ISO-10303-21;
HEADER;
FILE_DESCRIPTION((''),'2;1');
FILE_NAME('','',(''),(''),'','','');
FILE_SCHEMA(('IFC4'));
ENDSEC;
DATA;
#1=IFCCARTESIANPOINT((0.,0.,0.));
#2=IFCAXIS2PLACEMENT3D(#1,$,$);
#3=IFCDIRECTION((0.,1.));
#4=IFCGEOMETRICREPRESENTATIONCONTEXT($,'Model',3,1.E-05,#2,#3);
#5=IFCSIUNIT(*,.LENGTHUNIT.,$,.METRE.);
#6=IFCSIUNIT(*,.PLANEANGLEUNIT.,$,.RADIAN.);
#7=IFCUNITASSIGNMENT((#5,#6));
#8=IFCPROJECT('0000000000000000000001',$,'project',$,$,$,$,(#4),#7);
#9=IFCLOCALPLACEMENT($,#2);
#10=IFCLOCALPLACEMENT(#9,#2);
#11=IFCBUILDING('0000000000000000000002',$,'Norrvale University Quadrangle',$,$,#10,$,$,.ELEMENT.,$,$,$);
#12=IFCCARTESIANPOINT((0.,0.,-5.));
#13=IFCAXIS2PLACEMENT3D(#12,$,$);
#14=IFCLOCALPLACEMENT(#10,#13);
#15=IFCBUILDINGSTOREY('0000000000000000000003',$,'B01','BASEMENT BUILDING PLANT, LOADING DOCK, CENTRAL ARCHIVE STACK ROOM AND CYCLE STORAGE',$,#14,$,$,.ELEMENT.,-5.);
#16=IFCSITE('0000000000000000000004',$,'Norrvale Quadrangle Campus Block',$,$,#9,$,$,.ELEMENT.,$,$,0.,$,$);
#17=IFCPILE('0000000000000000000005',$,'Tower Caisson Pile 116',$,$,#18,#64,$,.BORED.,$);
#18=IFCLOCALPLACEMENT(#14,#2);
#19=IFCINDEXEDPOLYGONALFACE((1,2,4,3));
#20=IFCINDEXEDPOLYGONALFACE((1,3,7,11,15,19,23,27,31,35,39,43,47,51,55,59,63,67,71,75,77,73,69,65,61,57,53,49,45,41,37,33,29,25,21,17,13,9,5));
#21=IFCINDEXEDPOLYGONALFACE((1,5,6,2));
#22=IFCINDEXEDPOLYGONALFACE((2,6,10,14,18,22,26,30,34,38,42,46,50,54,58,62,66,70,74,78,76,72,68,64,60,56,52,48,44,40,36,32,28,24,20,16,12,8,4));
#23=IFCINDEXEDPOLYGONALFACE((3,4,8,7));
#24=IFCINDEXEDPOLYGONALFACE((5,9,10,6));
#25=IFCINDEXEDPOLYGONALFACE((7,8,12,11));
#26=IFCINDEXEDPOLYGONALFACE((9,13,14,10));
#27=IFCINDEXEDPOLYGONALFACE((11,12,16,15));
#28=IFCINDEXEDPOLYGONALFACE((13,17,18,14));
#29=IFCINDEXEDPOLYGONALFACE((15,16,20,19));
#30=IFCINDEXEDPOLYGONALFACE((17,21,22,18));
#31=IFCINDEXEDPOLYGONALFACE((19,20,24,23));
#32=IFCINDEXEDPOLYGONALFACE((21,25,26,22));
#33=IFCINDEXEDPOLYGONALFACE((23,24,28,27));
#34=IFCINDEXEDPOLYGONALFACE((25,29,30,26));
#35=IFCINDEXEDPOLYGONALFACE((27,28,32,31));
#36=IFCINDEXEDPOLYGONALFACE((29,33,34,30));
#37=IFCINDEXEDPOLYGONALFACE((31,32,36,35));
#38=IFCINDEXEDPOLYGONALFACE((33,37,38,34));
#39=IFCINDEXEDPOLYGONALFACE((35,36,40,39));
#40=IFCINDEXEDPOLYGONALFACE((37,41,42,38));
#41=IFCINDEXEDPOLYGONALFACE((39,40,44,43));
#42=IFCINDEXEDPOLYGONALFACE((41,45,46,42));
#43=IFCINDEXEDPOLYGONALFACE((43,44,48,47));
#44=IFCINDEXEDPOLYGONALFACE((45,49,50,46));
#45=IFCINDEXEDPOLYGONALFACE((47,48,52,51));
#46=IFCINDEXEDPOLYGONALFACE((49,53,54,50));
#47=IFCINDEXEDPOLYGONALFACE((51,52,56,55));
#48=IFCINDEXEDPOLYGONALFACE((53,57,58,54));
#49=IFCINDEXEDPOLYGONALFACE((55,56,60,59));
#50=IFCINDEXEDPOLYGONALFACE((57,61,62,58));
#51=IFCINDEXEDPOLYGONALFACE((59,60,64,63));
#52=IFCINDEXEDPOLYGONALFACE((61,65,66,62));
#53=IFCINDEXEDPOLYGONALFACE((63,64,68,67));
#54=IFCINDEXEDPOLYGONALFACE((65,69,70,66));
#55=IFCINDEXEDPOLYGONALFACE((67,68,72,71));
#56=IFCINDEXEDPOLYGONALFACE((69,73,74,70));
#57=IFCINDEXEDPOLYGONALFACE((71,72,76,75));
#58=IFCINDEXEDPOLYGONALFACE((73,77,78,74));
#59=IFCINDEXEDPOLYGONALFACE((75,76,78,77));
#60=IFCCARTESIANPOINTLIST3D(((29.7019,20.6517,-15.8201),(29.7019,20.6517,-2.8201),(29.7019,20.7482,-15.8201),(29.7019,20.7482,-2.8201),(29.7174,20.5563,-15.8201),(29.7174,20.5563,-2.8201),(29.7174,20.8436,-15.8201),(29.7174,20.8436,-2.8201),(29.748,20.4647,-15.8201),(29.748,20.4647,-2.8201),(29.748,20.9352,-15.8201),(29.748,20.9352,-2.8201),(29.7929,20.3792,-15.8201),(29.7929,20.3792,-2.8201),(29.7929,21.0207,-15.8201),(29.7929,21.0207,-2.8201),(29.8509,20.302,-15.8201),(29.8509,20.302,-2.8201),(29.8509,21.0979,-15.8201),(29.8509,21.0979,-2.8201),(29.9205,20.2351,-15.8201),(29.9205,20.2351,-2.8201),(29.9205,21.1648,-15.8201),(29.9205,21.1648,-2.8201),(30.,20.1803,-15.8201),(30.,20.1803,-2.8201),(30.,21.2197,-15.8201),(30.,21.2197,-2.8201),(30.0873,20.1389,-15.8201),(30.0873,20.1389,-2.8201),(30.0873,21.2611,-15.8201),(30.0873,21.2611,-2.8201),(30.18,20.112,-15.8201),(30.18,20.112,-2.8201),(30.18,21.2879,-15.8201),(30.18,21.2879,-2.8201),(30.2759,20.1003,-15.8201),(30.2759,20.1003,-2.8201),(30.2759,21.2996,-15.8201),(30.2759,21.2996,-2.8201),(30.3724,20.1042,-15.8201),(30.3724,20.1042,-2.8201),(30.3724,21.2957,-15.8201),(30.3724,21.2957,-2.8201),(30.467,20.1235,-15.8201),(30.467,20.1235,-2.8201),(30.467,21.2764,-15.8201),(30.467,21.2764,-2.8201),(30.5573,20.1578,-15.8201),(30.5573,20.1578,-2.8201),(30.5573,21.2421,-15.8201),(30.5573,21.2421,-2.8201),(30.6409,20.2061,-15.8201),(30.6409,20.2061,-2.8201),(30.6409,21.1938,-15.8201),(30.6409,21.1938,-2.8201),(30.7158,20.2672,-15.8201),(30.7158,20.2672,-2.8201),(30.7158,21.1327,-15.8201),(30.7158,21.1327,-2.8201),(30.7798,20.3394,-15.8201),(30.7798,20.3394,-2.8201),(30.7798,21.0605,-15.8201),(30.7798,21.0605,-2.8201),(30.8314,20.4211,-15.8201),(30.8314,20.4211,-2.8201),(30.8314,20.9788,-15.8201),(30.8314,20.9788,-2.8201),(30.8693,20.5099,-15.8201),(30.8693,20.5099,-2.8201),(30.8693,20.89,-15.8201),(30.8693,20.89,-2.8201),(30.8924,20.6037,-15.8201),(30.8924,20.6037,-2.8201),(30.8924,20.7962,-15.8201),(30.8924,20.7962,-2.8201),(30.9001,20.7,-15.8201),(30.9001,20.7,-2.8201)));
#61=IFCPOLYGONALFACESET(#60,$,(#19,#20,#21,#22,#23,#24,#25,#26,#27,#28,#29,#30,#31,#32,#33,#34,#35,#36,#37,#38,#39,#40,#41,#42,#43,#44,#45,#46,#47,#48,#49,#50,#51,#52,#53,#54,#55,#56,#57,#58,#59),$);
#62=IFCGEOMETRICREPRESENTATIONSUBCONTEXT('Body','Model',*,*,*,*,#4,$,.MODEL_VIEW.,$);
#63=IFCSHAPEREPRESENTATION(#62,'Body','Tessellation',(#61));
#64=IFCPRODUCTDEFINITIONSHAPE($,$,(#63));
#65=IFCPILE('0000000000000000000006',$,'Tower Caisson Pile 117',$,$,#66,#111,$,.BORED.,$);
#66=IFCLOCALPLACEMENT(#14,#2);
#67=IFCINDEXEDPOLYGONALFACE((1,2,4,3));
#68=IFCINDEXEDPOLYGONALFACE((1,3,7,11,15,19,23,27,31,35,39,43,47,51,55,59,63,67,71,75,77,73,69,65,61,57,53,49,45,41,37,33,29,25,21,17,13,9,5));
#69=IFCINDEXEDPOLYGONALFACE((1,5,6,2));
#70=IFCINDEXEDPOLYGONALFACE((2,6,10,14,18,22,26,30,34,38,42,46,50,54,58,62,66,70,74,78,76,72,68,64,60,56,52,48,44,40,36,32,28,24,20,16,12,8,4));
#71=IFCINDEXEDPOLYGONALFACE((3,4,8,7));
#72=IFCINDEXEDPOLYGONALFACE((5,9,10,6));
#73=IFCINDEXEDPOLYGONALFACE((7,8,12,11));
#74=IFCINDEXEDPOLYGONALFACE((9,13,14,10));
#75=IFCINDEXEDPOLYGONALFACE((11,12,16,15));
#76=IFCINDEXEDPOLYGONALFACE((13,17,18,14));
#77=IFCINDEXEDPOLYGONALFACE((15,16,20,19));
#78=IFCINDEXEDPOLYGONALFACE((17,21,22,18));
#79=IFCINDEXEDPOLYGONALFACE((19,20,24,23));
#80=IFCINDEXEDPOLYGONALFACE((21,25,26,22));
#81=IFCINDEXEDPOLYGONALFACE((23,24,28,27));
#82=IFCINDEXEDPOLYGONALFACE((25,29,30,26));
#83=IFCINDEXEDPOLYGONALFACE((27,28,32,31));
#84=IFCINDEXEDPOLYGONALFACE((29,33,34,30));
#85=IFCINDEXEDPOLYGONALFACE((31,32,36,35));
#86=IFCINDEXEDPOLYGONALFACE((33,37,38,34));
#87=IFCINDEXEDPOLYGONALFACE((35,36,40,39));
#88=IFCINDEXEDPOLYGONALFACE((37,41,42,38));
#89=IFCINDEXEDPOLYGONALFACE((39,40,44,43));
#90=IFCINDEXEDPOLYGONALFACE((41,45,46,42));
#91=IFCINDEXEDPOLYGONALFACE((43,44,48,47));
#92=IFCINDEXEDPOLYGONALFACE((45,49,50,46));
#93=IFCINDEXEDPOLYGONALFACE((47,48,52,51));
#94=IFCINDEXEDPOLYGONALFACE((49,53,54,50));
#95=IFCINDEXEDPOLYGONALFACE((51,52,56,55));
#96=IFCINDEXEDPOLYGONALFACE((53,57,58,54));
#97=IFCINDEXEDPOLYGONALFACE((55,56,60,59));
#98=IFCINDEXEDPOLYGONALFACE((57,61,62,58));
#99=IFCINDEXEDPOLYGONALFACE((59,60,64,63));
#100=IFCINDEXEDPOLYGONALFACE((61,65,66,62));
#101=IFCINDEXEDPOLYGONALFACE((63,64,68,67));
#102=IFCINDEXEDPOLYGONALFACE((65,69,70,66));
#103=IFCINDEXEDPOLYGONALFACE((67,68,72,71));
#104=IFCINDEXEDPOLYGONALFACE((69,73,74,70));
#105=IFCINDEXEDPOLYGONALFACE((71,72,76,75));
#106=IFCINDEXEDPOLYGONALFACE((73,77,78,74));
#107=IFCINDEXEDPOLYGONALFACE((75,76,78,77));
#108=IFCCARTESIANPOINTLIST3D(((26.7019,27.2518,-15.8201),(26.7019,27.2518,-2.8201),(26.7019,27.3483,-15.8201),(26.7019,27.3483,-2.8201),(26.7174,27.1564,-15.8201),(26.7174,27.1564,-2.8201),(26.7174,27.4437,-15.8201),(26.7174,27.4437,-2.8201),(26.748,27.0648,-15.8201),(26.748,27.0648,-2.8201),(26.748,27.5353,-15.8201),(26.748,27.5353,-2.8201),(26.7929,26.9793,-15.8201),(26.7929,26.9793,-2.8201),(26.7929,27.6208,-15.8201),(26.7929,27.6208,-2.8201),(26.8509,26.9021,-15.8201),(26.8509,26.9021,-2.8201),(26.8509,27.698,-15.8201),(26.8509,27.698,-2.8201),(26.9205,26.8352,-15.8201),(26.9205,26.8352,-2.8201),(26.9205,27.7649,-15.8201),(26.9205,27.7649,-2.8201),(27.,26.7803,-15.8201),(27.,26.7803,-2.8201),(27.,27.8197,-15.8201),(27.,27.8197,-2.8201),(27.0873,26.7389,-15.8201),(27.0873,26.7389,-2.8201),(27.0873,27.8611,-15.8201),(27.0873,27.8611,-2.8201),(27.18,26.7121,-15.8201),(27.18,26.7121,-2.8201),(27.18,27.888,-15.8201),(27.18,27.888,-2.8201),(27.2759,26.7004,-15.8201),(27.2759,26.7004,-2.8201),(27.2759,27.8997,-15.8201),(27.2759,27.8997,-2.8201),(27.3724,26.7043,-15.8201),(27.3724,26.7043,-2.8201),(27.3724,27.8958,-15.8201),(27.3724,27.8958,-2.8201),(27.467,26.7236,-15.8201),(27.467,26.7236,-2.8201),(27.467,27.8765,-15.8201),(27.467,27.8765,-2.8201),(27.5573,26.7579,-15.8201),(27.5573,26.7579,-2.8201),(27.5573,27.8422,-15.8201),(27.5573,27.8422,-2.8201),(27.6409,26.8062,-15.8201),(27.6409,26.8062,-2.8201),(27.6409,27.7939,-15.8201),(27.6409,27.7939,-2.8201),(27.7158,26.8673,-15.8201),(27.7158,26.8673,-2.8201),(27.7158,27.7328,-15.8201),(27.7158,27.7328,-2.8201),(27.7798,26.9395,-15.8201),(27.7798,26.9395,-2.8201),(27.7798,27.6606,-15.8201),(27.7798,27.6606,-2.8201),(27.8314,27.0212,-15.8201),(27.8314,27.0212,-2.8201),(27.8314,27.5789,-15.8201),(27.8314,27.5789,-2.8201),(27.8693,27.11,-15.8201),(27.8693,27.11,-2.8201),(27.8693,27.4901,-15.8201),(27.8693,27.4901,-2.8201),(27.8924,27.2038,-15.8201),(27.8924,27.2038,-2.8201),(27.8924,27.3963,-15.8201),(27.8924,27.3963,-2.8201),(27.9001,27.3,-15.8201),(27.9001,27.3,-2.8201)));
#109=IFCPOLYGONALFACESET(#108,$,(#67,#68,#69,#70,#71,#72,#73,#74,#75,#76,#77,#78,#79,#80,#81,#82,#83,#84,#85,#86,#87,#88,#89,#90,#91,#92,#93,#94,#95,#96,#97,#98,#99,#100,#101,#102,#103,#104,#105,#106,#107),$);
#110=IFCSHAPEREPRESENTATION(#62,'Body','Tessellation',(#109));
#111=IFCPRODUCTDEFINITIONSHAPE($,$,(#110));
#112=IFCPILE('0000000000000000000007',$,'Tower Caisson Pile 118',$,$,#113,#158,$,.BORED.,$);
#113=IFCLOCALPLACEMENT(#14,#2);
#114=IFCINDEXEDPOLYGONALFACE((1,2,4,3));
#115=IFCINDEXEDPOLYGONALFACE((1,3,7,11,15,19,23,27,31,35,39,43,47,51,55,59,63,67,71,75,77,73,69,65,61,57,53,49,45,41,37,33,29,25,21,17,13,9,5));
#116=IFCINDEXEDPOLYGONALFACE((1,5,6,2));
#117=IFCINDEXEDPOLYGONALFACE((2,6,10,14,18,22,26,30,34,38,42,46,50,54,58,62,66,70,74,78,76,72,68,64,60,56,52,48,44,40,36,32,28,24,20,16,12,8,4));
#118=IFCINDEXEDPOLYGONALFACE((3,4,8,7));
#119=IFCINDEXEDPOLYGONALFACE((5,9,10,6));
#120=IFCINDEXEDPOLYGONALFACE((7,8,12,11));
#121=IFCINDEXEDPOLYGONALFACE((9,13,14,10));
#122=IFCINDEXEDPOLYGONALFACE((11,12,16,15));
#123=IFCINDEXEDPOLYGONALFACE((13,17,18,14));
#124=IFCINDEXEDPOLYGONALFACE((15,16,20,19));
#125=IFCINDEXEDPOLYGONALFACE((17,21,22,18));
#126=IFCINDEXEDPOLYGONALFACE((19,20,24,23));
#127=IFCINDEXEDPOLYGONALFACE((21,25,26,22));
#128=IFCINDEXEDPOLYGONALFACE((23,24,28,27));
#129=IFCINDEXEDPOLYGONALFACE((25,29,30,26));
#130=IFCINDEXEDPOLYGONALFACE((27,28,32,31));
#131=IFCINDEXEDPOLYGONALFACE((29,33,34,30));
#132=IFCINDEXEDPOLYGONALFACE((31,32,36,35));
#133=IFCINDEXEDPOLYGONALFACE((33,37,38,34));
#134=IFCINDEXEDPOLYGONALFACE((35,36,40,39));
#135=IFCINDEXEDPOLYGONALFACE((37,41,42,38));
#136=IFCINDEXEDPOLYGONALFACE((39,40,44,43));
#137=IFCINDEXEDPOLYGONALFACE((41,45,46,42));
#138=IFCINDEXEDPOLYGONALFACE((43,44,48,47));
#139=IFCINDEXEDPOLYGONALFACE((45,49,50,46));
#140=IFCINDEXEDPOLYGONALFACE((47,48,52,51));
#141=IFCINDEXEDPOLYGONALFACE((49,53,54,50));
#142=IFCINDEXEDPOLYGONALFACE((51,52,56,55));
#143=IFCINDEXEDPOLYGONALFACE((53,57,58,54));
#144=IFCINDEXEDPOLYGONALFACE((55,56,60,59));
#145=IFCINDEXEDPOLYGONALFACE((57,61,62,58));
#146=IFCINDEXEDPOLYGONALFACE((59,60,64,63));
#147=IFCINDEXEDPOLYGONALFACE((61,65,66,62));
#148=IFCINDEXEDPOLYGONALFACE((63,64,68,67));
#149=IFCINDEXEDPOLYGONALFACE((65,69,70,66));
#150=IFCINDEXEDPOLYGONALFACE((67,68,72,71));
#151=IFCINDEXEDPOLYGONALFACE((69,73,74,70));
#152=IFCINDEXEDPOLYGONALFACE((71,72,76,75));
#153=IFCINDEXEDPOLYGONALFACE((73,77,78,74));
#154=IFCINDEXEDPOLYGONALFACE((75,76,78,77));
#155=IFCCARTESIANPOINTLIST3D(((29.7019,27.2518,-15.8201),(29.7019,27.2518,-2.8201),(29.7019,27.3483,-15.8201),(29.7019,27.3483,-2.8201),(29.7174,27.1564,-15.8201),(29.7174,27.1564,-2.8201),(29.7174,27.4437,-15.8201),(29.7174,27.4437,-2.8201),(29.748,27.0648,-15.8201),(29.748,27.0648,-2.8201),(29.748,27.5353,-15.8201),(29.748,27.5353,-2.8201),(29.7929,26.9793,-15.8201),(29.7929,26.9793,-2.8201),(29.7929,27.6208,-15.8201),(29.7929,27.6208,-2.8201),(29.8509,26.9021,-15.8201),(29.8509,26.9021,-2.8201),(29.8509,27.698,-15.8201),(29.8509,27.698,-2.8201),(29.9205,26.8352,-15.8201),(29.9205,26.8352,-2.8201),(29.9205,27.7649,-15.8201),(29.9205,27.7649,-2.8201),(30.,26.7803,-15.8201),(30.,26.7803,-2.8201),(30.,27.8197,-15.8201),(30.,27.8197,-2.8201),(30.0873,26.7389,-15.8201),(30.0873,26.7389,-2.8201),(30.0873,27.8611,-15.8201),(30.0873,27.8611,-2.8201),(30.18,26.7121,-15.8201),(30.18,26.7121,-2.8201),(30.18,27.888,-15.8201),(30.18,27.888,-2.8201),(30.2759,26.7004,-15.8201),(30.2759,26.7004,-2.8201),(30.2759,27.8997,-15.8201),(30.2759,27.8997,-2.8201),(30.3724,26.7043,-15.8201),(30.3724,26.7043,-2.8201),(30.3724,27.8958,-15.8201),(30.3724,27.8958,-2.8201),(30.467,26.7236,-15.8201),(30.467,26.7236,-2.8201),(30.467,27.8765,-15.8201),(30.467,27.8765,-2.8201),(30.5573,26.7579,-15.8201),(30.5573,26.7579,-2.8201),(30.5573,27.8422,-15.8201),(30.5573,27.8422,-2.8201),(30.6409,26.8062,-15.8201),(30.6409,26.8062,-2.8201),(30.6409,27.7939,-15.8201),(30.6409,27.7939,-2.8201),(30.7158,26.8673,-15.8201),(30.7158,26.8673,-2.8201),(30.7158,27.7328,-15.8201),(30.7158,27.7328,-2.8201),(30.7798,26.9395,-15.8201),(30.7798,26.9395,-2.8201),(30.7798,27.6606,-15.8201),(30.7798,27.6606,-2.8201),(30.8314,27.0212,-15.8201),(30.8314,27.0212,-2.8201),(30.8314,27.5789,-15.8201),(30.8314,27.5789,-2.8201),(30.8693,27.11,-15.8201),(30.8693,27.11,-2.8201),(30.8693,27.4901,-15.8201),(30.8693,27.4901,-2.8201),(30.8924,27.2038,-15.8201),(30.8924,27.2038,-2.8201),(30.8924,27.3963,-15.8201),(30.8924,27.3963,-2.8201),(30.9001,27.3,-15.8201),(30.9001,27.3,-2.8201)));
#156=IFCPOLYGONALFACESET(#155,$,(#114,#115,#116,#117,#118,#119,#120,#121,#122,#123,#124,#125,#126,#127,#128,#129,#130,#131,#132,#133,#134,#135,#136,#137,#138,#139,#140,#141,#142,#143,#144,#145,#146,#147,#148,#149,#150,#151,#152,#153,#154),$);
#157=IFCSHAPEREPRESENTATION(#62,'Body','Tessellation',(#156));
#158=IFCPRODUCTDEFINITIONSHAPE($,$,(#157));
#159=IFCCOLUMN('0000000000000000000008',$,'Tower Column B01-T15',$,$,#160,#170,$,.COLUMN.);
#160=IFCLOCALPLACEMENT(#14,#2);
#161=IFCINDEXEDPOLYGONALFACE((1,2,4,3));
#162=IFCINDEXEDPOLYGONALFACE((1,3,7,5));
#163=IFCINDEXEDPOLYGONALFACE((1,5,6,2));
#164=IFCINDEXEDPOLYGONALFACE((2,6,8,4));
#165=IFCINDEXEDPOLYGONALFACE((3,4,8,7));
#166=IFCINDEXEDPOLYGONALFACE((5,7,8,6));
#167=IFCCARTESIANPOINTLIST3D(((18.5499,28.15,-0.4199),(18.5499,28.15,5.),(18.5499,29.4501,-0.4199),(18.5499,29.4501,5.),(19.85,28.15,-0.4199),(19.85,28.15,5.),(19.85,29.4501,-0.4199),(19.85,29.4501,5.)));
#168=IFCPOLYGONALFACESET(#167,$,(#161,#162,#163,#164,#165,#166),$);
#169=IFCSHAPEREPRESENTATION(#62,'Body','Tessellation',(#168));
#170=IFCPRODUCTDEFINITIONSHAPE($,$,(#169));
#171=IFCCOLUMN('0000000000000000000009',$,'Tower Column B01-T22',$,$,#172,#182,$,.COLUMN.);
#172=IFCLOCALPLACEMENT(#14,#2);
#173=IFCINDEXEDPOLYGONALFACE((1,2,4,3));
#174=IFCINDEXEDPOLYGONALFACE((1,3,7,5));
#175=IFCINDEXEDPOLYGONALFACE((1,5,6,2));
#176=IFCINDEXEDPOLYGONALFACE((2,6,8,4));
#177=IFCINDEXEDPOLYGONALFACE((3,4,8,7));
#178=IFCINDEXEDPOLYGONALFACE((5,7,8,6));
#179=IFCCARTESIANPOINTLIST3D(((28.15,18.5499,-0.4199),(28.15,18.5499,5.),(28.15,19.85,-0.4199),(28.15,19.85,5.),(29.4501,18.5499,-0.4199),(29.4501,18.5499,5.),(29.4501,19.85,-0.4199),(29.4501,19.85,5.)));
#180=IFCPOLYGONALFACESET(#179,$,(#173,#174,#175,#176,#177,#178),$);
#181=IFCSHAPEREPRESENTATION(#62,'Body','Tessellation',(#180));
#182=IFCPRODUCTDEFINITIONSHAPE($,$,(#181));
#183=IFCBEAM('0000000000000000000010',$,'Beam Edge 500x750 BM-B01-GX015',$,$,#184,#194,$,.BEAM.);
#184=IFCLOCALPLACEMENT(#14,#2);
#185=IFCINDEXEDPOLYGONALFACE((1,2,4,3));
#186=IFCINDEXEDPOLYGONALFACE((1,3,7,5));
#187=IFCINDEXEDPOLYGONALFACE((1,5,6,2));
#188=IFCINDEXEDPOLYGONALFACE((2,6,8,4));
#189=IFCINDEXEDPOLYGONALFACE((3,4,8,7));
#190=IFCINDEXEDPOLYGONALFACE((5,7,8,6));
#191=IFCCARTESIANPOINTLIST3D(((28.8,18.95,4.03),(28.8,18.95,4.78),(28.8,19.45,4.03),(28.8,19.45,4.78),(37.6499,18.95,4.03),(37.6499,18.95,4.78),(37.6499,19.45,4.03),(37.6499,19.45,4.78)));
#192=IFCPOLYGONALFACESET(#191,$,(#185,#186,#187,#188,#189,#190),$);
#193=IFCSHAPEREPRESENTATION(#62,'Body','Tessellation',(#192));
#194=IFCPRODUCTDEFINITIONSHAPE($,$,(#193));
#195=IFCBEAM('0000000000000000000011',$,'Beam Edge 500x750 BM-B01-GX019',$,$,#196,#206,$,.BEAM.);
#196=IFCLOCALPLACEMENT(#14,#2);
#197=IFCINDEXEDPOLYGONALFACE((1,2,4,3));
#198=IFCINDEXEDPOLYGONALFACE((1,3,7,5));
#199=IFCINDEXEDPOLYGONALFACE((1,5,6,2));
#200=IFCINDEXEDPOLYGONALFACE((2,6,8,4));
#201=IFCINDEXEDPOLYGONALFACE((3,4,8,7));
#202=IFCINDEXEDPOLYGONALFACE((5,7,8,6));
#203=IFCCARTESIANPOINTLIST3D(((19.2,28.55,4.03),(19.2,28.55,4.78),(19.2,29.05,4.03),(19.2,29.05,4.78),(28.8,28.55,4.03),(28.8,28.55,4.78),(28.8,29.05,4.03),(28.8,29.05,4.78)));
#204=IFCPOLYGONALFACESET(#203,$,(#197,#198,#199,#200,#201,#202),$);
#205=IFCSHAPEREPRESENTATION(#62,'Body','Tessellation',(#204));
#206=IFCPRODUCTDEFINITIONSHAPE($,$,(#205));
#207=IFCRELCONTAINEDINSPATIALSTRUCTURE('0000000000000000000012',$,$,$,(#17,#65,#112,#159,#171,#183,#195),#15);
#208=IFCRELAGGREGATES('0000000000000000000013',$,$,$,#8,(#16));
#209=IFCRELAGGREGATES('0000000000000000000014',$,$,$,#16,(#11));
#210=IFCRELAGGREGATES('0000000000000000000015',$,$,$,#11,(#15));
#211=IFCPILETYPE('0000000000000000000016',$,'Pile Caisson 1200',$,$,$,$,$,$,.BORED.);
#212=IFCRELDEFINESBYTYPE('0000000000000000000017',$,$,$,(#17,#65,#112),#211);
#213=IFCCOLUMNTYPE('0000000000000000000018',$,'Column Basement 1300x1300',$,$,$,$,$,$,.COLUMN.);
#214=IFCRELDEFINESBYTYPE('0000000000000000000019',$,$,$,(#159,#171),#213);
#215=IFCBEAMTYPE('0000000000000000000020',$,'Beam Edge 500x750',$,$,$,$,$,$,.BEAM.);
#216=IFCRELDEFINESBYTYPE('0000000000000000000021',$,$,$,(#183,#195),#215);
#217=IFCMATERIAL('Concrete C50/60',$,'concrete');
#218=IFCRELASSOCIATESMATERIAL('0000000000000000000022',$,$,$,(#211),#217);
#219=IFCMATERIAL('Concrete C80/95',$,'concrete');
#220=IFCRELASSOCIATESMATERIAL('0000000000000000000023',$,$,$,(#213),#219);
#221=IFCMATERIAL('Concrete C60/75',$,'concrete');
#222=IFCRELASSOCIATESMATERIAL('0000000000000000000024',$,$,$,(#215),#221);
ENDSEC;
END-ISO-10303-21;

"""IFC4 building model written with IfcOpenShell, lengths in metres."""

from ifc_helpers import new_model, si_unit, direction, frame, origin, origin_2d, place, context, subcontext, project, spatial, rectangle, circle, extrude, material, material_profile, profile_set, type_object, element, save


model = new_model("IFC4")

# Units and contexts
model_context = context("Model", 3, precision=1e-05, world=origin(), true_north=direction((0.0, 1.0)))
body_context = subcontext(model_context, "Body", "Model", "MODEL_VIEW")
ifc_project = project(units=[si_unit("LENGTHUNIT", "METRE"), si_unit("PLANEANGLEUNIT", "RADIAN")], contexts=[model_context])

# Site, building, storey
site_placement = place(None, origin())
site = spatial("IfcSite", under=ifc_project, at=site_placement, Name="Norrvale Quadrangle Campus Block", CompositionType="ELEMENT", RefElevation=0.0)
building_placement = place(site_placement, origin())
building = spatial("IfcBuilding", under=site, at=building_placement, Name="Norrvale University Quadrangle", CompositionType="ELEMENT")
storey_placement = place(building_placement, frame((0.0, 0.0, -5.0)))
storey = spatial("IfcBuildingStorey", under=building, at=storey_placement, Name="B01", Description="BASEMENT BUILDING PLANT, LOADING DOCK, CENTRAL ARCHIVE STACK ROOM AND CYCLE STORAGE", CompositionType="ELEMENT", Elevation=-5.0)

# Shared definitions
ifc_material_1 = material(Name="Concrete C50/60", Category="concrete")

# Piles
ifc_material_profile_1 = material_profile(ifc_material_1, circle(Radius=0.6001, at=origin_2d()), Name="Concrete C50/60")
ifc_profile_set_1 = profile_set([ifc_material_profile_1], Name="Concrete C50/60")
pile_type = type_object("IfcPileType", Name="Pile Caisson 1200", PredefinedType="BORED", material=ifc_profile_set_1)
for number, where, z_axis, x_axis, name in (
    (1, (30.3, 20.7, -2.8201), (0.0, 0.0, -1.0), (1.0, 0.0, 0.0), "Tower Caisson Pile 116"),
    (2, (27.3, 27.3, -2.8201), (0.0, 0.0, -1.0), (1.0, 0.0, 0.0), "Tower Caisson Pile 117"),
    (3, (30.3, 27.3, -2.8201), (0.0, 0.0, -1.0), (1.0, 0.0, 0.0), "Tower Caisson Pile 118"),
):
    element("IfcPile", number, at=place(storey_placement, frame(where, z_axis=z_axis, x_axis=x_axis)), inside=storey, type_object=pile_type, Name=name, PredefinedType="BORED", context=body_context, shape_type="SweptSolid", body=[
        extrude(circle(Radius=0.6001, at=origin_2d()), origin(), (0.0, 0.0, 1.0), 13.0),
    ])

# Columns
ifc_material_2 = material(Name="Concrete C80/95", Category="concrete")
ifc_material_profile_2 = material_profile(ifc_material_2, rectangle(XDim=1.3, YDim=1.3, at=origin_2d()), Name="Concrete C80/95")
ifc_profile_set_2 = profile_set([ifc_material_profile_2], Name="Concrete C80/95")
column_type = type_object("IfcColumnType", Name="Column Basement 1300x1300", PredefinedType="COLUMN", material=ifc_profile_set_2)
for number, where, z_axis, x_axis, name in (
    (4, (19.2, 28.8, -0.4199), (0.0, 0.0, 1.0), (1.0, 0.0, 0.0), "Tower Column B01-T15"),
    (5, (28.8, 19.2, -0.4199), (0.0, 0.0, 1.0), (1.0, 0.0, 0.0), "Tower Column B01-T22"),
):
    element("IfcColumn", number, at=place(storey_placement, frame(where, z_axis=z_axis, x_axis=x_axis)), inside=storey, type_object=column_type, Name=name, PredefinedType="COLUMN", context=body_context, shape_type="SweptSolid", body=[
        extrude(rectangle(XDim=1.3, YDim=1.3, at=origin_2d()), origin(), (0.0, 0.0, 1.0), 5.4199),
    ])

# Beams
ifc_material_3 = material(Name="Concrete C60/75", Category="concrete")
ifc_material_profile_3 = material_profile(ifc_material_3, rectangle(XDim=0.5, YDim=0.75, at=origin_2d()), Name="Concrete C60/75")
ifc_profile_set_3 = profile_set([ifc_material_profile_3], Name="Concrete C60/75")
beam_type_1 = type_object("IfcBeamType", Name="Beam Edge 500x750", PredefinedType="BEAM", material=ifc_profile_set_3)
beam_1_placement = place(storey_placement, frame((28.8, 19.2, 4.405), z_axis=(1.0, 0.0, 0.0), x_axis=(0.0, 1.0, 0.0)))
element("IfcBeam", 6, at=beam_1_placement, inside=storey, type_object=beam_type_1, Name="Beam Edge 500x750 BM-B01-GX015", PredefinedType="BEAM", context=body_context, shape_type="SweptSolid", body=[
    extrude(rectangle(XDim=0.5, YDim=0.75, at=origin_2d()), origin(), (0.0, 0.0, 1.0), 8.8499),
])
for number, where, z_axis, x_axis, name in (
    (7, (19.2, 28.8, 4.405), (1.0, 0.0, 0.0), (0.0, 1.0, 0.0), "Beam Edge 500x750 BM-B01-GX019"),
):
    element("IfcBeam", number, at=place(storey_placement, frame(where, z_axis=z_axis, x_axis=x_axis)), inside=storey, type_object=beam_type_1, Name=name, PredefinedType="BEAM", context=body_context, shape_type="SweptSolid", body=[
        extrude(rectangle(XDim=0.5, YDim=0.75, at=origin_2d()), origin(), (0.0, 0.0, 1.0), 9.6001),
    ])

save(model, "model.ifc")
